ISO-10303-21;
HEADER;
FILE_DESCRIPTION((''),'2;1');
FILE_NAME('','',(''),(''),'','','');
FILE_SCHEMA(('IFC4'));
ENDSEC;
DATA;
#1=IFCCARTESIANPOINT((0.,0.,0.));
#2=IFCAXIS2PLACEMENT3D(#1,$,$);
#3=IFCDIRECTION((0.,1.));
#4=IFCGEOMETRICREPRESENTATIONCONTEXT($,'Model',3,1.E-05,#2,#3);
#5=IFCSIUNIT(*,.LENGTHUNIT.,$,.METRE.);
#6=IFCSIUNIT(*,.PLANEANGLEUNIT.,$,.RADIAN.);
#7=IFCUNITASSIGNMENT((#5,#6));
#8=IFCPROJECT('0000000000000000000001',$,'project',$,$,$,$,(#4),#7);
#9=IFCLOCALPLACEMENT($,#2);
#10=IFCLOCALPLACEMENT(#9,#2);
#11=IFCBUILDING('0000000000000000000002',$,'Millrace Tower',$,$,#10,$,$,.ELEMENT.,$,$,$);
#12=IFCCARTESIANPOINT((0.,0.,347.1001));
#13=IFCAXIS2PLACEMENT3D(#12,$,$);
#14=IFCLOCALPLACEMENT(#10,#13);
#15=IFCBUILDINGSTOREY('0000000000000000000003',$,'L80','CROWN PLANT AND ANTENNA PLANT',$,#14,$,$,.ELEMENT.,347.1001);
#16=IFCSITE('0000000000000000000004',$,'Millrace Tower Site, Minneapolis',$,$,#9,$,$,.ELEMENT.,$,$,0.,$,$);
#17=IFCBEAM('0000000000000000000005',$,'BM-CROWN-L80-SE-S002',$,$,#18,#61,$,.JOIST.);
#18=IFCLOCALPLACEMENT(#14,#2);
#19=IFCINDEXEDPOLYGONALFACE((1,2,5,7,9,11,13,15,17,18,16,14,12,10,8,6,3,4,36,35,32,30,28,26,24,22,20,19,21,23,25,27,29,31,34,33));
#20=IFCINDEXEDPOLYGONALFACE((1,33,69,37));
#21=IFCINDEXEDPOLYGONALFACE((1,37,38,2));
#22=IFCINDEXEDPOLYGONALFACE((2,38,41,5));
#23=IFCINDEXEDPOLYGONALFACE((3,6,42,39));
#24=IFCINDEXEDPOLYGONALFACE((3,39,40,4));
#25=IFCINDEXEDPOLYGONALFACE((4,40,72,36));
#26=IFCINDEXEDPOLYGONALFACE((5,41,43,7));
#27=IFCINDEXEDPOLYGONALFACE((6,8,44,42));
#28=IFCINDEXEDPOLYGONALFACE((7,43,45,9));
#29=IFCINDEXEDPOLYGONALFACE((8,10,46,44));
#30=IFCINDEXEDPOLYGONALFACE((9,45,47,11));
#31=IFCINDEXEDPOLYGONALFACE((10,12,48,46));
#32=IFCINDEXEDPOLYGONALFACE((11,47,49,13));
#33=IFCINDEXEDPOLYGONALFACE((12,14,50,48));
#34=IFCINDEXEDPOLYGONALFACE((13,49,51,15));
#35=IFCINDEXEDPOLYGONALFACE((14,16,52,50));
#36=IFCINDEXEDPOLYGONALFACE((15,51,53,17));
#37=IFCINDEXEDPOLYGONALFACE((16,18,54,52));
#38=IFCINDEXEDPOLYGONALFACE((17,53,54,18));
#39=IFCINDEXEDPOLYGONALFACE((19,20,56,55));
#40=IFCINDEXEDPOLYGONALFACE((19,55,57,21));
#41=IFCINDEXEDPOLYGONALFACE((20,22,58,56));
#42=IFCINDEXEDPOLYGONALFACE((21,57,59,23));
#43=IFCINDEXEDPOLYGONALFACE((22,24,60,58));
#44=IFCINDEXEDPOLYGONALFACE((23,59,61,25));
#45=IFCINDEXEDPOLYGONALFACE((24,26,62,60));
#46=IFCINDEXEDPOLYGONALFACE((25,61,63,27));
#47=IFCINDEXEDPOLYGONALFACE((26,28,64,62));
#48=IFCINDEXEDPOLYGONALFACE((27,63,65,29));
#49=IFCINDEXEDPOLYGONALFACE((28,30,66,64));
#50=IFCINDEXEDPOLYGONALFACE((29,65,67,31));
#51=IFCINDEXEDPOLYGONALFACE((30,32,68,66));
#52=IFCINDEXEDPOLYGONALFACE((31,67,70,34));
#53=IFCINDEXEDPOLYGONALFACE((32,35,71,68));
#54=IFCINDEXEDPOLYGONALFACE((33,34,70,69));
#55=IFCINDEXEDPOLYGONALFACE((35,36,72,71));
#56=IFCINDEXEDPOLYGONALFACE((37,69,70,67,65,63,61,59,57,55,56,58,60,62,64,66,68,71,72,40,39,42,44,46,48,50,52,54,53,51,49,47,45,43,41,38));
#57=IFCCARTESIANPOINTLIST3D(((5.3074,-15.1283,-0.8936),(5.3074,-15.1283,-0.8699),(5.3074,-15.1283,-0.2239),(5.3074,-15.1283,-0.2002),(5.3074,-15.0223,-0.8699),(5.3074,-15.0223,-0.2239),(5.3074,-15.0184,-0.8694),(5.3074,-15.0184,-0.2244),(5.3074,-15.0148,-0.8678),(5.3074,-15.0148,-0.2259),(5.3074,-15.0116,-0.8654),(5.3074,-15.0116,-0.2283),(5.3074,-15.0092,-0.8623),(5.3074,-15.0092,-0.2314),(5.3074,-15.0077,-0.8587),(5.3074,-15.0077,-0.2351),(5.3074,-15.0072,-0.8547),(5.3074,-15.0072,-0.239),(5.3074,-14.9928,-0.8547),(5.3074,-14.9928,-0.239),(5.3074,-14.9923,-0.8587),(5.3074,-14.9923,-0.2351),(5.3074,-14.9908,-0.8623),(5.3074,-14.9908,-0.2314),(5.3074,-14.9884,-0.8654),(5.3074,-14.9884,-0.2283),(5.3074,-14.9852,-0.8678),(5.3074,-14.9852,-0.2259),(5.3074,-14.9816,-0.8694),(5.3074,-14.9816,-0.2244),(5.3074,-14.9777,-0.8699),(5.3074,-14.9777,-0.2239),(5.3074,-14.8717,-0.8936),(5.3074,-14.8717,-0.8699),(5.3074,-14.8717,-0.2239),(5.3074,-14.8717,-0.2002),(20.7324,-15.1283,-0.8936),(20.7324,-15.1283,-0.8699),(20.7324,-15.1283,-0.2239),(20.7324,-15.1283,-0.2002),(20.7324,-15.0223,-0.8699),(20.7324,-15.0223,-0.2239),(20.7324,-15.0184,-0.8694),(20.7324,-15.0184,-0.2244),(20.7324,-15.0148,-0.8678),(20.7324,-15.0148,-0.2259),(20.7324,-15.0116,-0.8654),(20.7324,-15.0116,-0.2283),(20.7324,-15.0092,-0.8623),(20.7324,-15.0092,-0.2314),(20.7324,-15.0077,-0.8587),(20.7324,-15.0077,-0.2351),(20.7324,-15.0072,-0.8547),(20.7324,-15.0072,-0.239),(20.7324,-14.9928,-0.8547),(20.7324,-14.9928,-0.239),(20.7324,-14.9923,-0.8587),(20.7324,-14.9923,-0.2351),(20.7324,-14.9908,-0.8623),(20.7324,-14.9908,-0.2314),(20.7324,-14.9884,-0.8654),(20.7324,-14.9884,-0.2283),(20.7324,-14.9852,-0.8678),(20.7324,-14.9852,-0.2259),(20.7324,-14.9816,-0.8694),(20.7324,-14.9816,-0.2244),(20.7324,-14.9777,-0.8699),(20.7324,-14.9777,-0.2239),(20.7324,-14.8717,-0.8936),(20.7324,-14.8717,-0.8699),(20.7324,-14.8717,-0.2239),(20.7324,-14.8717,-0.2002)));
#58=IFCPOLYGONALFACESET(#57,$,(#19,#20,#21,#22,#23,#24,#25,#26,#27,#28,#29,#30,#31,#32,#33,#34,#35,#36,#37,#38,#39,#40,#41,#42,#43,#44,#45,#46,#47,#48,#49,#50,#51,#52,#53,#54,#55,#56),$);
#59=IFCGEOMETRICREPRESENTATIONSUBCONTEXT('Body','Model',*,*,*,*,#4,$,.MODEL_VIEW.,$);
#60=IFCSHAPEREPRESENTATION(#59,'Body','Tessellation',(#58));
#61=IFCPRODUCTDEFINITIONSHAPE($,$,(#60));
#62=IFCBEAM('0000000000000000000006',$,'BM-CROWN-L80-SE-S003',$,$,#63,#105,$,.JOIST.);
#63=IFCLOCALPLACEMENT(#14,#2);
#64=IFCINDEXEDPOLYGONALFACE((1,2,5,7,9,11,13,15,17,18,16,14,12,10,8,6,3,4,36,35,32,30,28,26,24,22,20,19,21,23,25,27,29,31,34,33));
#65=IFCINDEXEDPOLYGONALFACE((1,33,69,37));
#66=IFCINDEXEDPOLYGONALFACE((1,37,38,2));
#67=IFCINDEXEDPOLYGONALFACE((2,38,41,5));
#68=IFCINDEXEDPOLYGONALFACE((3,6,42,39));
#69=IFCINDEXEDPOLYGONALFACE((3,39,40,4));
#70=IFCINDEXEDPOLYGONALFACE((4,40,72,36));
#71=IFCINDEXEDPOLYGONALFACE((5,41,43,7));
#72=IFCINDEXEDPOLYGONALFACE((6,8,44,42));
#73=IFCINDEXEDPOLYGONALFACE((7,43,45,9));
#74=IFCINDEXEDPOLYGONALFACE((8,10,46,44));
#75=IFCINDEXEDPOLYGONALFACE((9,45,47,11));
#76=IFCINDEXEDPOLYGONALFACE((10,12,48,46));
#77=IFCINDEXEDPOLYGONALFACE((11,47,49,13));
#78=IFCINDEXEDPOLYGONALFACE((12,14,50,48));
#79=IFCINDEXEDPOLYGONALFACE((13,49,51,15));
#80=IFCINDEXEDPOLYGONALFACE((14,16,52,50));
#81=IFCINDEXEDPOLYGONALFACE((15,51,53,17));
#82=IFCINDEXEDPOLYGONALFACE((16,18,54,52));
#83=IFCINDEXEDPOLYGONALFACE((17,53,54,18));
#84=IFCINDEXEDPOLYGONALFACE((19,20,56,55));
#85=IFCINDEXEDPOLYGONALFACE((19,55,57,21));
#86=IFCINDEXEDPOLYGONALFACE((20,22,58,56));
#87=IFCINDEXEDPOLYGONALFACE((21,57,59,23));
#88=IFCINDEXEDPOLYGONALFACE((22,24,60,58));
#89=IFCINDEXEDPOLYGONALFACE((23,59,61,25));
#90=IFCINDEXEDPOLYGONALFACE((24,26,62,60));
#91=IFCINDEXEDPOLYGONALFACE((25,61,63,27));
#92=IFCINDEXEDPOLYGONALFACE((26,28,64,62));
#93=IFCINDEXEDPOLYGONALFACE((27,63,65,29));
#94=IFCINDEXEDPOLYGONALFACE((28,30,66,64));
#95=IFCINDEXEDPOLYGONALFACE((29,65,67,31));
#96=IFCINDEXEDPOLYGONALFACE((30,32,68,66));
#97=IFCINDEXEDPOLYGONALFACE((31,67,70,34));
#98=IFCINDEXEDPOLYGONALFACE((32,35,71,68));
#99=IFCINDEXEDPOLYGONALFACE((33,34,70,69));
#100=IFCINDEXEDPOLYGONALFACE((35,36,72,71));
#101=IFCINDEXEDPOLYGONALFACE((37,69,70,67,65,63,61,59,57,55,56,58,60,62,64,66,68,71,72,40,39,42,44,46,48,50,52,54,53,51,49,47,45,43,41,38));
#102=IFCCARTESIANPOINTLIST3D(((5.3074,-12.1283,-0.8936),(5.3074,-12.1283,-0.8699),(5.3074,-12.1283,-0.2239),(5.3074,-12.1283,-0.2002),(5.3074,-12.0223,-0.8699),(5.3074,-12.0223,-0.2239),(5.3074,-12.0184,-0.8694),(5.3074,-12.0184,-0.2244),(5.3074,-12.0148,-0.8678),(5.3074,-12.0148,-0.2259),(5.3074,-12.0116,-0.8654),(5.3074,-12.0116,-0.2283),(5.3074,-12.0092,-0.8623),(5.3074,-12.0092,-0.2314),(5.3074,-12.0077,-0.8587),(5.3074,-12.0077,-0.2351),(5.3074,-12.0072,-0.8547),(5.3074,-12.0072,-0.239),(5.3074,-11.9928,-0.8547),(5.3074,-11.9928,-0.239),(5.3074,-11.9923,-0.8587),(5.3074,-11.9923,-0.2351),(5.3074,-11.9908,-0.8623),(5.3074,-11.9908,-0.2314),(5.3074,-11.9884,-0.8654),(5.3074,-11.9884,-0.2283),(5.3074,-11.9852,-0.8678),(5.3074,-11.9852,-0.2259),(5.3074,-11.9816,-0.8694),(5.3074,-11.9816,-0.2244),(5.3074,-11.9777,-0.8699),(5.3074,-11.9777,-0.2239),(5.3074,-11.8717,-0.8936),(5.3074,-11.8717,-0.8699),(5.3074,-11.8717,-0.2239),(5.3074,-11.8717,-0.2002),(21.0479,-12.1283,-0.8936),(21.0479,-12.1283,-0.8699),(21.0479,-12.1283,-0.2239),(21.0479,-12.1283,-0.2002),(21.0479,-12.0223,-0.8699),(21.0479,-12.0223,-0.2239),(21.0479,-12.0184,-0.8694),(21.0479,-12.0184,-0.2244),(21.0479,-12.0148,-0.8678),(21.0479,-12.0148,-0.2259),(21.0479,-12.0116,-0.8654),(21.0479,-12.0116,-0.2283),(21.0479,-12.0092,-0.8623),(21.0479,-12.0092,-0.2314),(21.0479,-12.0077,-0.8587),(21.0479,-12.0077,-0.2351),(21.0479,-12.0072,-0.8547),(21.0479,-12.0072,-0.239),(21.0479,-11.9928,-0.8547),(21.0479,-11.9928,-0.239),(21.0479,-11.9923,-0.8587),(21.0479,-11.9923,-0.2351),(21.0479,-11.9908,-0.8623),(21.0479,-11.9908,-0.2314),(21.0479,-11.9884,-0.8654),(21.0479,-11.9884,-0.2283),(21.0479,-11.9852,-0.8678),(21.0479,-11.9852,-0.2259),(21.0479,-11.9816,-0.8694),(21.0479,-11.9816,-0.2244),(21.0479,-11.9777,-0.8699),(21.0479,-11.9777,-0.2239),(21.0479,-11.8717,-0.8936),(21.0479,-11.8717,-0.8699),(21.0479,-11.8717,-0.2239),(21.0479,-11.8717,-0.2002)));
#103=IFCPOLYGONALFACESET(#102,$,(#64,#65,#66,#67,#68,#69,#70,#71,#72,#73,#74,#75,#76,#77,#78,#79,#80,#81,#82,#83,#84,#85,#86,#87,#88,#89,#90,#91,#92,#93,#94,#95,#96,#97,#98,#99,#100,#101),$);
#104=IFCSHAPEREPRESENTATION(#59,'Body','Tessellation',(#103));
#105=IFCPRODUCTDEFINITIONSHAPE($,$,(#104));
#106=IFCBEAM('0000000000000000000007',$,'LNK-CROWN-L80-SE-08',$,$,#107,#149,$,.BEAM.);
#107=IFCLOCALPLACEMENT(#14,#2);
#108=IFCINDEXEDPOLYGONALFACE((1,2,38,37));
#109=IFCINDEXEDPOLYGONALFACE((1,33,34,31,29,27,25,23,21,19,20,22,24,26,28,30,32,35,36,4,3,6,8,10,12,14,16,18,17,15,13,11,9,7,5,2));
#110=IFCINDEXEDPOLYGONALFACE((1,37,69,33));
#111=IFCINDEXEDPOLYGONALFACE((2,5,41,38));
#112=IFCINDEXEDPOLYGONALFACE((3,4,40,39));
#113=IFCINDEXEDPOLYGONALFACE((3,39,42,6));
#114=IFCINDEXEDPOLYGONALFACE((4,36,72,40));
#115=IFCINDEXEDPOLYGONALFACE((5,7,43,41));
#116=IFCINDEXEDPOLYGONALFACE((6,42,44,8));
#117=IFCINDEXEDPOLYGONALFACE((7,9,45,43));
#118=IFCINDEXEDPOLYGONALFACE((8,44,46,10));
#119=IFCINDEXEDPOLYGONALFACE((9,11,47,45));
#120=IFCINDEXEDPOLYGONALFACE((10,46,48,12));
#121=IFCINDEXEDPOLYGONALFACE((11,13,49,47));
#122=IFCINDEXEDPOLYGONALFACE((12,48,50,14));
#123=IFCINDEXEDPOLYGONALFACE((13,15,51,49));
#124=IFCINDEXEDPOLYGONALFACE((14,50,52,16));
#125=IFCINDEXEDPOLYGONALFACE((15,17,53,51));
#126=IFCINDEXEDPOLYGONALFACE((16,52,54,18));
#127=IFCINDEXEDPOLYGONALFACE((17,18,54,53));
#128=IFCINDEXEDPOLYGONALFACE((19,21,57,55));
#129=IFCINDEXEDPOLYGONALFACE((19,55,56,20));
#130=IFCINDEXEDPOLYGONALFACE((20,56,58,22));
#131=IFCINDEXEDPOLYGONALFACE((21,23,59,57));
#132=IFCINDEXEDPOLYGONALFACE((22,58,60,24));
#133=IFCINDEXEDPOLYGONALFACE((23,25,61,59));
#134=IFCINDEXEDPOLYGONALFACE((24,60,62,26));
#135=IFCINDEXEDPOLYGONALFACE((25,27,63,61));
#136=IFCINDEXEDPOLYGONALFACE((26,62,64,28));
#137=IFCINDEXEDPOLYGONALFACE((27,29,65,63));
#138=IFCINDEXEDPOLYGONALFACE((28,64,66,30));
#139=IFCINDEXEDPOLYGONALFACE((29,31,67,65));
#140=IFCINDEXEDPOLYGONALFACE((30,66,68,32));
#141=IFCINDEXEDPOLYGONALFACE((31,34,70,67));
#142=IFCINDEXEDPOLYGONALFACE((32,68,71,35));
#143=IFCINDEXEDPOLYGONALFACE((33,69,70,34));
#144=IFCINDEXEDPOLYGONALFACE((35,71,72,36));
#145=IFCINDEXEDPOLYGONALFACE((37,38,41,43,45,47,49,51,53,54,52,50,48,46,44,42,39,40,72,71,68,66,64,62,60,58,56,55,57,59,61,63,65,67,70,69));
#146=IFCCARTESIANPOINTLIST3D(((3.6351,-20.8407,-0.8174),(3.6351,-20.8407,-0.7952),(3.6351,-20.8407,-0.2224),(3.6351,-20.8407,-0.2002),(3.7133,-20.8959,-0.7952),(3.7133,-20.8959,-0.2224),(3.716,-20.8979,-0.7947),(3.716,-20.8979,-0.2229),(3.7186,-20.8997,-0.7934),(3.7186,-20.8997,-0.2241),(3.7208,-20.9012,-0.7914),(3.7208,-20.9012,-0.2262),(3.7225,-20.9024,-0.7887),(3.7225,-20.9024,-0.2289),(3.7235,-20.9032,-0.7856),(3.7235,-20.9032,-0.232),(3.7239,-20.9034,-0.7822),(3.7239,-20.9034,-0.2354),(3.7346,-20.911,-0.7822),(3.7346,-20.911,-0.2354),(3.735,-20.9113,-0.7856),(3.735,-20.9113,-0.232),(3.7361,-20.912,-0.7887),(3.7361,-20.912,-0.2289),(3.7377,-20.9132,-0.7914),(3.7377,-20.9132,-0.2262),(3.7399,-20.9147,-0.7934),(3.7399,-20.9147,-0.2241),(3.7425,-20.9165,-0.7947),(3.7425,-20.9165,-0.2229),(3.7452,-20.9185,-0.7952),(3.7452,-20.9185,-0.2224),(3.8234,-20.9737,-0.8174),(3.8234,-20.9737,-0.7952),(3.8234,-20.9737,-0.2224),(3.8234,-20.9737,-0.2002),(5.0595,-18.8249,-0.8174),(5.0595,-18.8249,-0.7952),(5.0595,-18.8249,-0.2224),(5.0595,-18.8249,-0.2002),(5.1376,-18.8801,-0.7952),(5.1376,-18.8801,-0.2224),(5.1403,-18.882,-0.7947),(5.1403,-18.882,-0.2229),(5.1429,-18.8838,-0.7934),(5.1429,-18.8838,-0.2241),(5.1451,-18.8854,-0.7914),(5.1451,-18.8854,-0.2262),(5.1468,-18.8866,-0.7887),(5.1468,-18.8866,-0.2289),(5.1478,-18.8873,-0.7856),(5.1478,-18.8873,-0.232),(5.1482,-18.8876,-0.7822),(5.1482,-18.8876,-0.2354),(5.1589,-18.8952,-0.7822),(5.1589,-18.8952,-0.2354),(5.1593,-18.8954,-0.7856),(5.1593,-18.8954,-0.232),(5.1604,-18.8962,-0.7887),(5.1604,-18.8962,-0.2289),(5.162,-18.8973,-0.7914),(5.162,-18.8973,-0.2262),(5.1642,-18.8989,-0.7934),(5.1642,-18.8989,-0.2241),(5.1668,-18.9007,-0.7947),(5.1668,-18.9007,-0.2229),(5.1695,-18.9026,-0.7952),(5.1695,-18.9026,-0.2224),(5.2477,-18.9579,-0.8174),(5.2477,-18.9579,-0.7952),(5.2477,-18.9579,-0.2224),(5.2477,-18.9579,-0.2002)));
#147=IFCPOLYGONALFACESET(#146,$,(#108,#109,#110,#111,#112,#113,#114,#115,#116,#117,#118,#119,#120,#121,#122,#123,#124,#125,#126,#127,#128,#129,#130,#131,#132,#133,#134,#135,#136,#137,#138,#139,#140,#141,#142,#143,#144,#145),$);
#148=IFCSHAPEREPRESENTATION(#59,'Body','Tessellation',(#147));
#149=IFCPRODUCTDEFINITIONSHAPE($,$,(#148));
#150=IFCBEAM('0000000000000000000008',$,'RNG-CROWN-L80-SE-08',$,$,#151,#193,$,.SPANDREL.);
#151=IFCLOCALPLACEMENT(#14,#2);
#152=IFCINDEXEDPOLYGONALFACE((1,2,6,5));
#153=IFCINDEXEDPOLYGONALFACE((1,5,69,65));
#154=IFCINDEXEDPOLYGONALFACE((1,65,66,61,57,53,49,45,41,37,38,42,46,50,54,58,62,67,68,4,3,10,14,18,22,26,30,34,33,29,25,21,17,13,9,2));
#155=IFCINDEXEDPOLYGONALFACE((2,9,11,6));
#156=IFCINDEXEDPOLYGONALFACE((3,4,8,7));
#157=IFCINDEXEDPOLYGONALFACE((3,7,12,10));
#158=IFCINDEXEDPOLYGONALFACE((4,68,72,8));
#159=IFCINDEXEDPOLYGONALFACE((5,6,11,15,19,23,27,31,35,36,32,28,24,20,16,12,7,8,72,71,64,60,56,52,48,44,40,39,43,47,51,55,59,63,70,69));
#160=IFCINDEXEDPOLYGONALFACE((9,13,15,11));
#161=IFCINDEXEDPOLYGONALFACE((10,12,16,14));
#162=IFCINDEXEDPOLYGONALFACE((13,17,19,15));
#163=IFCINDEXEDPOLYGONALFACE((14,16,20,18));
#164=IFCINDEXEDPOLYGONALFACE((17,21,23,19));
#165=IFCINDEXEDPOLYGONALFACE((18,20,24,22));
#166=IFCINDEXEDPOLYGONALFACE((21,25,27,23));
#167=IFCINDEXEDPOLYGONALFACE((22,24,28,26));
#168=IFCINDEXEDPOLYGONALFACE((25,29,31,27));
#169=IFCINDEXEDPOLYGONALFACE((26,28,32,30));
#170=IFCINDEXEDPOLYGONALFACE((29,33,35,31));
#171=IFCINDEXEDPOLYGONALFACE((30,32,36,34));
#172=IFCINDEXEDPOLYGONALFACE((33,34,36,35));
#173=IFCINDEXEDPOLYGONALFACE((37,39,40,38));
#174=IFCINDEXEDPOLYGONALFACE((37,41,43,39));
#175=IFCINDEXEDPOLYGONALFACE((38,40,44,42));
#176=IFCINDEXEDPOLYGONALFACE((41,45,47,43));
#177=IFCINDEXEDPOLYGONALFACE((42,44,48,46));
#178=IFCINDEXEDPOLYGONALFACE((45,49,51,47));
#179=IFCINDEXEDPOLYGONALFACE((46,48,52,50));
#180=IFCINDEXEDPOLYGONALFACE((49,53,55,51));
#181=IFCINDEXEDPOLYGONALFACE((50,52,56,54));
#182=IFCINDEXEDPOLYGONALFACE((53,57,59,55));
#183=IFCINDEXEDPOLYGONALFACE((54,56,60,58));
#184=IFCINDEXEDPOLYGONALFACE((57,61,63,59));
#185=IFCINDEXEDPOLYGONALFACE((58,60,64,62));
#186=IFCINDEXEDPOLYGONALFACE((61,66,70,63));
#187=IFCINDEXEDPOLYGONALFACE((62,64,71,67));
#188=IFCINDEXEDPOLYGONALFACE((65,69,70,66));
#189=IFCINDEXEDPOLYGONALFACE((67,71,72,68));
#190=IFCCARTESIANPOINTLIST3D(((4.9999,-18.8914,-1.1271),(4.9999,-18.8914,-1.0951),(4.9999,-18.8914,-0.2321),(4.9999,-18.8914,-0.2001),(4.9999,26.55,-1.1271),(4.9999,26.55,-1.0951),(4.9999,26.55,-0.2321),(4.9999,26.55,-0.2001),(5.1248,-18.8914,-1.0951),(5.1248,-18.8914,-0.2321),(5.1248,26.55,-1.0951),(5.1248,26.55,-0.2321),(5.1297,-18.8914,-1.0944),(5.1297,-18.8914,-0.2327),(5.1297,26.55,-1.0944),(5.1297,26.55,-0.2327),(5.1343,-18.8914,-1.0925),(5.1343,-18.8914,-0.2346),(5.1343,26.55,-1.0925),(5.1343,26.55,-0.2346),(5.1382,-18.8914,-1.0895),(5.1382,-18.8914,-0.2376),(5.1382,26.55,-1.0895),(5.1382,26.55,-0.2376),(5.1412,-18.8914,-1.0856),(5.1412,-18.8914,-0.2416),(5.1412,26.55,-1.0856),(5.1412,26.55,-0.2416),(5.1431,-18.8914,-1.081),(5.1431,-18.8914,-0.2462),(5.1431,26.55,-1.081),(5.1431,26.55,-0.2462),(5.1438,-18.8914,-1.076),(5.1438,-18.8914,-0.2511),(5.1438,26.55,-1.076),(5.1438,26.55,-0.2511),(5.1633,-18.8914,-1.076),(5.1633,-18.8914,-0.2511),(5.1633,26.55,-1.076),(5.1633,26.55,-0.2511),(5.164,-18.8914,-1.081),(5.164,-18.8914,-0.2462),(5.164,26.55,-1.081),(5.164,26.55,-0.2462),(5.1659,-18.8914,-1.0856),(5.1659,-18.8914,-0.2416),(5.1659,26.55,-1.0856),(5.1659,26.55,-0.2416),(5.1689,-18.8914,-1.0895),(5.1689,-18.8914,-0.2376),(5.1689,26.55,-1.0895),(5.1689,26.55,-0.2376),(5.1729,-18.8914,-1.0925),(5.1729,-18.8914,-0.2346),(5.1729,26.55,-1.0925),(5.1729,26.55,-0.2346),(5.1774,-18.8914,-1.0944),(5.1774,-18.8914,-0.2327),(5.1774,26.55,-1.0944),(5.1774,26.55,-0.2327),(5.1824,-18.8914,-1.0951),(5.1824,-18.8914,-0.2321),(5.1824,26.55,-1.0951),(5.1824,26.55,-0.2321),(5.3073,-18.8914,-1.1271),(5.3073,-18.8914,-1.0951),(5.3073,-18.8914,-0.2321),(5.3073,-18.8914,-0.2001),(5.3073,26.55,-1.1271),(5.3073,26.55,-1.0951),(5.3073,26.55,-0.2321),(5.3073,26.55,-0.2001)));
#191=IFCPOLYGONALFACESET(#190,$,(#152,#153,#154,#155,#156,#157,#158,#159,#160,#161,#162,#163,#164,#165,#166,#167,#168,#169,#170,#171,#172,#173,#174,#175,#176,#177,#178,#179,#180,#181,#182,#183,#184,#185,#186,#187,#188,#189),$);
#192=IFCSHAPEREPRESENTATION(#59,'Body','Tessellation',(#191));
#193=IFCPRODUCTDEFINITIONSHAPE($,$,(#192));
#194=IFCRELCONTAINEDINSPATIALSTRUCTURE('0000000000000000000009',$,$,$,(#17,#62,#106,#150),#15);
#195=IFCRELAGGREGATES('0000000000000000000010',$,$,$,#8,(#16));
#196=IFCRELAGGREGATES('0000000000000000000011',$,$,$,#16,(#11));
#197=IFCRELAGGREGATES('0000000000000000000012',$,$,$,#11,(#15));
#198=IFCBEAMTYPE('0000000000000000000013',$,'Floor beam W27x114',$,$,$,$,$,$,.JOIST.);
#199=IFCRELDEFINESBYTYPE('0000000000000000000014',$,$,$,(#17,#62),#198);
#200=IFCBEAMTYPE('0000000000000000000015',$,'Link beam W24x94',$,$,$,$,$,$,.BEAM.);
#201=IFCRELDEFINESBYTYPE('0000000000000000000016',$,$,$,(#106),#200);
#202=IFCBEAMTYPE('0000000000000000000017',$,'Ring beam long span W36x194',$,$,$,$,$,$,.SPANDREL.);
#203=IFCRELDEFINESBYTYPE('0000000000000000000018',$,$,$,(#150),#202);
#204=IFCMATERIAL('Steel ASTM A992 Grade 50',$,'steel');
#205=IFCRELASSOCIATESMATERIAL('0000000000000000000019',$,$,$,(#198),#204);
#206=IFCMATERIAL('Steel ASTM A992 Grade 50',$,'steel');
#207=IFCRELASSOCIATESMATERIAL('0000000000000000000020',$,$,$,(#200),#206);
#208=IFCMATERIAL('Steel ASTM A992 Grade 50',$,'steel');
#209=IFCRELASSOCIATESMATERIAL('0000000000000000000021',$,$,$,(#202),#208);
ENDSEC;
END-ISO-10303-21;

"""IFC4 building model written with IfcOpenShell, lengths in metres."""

from ifc_helpers import new_model, si_unit, direction, frame, origin, origin_2d, place, context, subcontext, project, spatial, i_section, extrude, material, material_profile, profile_set, type_object, element, save


model = new_model("IFC4")

# Units and contexts
model_context = context("Model", 3, precision=1e-05, world=origin(), true_north=direction((0.0, 1.0)))
body_context = subcontext(model_context, "Body", "Model", "MODEL_VIEW")
ifc_project = project(units=[si_unit("LENGTHUNIT", "METRE"), si_unit("PLANEANGLEUNIT", "RADIAN")], contexts=[model_context])

# Site, building, storey
site_placement = place(None, origin())
site = spatial("IfcSite", under=ifc_project, at=site_placement, Name="Millrace Tower Site, Minneapolis", CompositionType="ELEMENT", RefElevation=0.0)
building_placement = place(site_placement, origin())
building = spatial("IfcBuilding", under=site, at=building_placement, Name="Millrace Tower", CompositionType="ELEMENT")
storey_placement = place(building_placement, frame((0.0, 0.0, 347.1001)))
storey = spatial("IfcBuildingStorey", under=building, at=storey_placement, Name="L80", Description="CROWN PLANT AND ANTENNA PLANT", CompositionType="ELEMENT", Elevation=347.1001)

# Beams
ifc_material_1 = material(Name="Steel ASTM A992 Grade 50", Category="steel")
ifc_material_profile_1 = material_profile(ifc_material_1, i_section(OverallWidth=0.2566, OverallDepth=0.6934, WebThickness=0.0144, FlangeThickness=0.0237, FilletRadius=0.0151, at=origin_2d()))
ifc_profile_set_1 = profile_set([ifc_material_profile_1], Name="Steel ASTM A992 Grade 50")
beam_type_1 = type_object("IfcBeamType", Name="Floor beam W27x114", PredefinedType="JOIST", material=ifc_profile_set_1)
beam_1_placement = place(storey_placement, frame((5.3074, -15.0, -0.5469), z_axis=(1.0, 0.0, 0.0), x_axis=(0.0, 1.0, 0.0)))
element("IfcBeam", 1, at=beam_1_placement, inside=storey, type_object=beam_type_1, Name="BM-CROWN-L80-SE-S002", PredefinedType="JOIST", context=body_context, shape_type="SweptSolid", body=[
    extrude(i_section(OverallWidth=0.2566, OverallDepth=0.6934, WebThickness=0.0144, FlangeThickness=0.0237, FilletRadius=0.0151, at=origin_2d()), origin(), (0.0, 0.0, 1.0), 15.425),
])
beam_2_placement = place(storey_placement, frame((5.3074, -12.0, -0.5469), z_axis=(1.0, 0.0, 0.0), x_axis=(0.0, 1.0, 0.0)))
element("IfcBeam", 2, at=beam_2_placement, inside=storey, type_object=beam_type_1, Name="BM-CROWN-L80-SE-S003", PredefinedType="JOIST", context=body_context, shape_type="SweptSolid", body=[
    extrude(i_section(OverallWidth=0.2566, OverallDepth=0.6934, WebThickness=0.0144, FlangeThickness=0.0237, FilletRadius=0.0151, at=origin_2d()), origin(), (0.0, 0.0, 1.0), 15.7405),
])
ifc_material_2 = material(Name="Steel ASTM A992 Grade 50", Category="steel")
ifc_material_profile_2 = material_profile(ifc_material_2, i_section(OverallWidth=0.2305, OverallDepth=0.6172, WebThickness=0.0132, FlangeThickness=0.0222, FilletRadius=0.0129, at=origin_2d()))
ifc_profile_set_2 = profile_set([ifc_material_profile_2], Name="Steel ASTM A992 Grade 50")
beam_type_2 = type_object("IfcBeamType", Name="Link beam W24x94", PredefinedType="BEAM", material=ifc_profile_set_2)
beam_3_placement = place(storey_placement, frame((5.1536, -18.8914, -0.5088), z_axis=(-0.577048, -0.81671, 0.0), x_axis=(0.81671, -0.577048, 0.0)))
element("IfcBeam", 3, at=beam_3_placement, inside=storey, type_object=beam_type_2, Name="LNK-CROWN-L80-SE-08", PredefinedType="BEAM", context=body_context, shape_type="SweptSolid", body=[
    extrude(i_section(OverallWidth=0.2305, OverallDepth=0.6172, WebThickness=0.0132, FlangeThickness=0.0222, FilletRadius=0.0129, at=origin_2d()), origin(), (0.0, 0.0, 1.0), 2.4683),
])
ifc_material_3 = material(Name="Steel ASTM A992 Grade 50", Category="steel")
ifc_material_profile_3 = material_profile(ifc_material_3, i_section(OverallWidth=0.3074, OverallDepth=0.927, WebThickness=0.0195, FlangeThickness=0.032, FilletRadius=0.019, at=origin_2d()))
ifc_profile_set_3 = profile_set([ifc_material_profile_3], Name="Steel ASTM A992 Grade 50")
beam_type_3 = type_object("IfcBeamType", Name="Ring beam long span W36x194", PredefinedType="SPANDREL", material=ifc_profile_set_3)
beam_4_placement = place(storey_placement, frame((5.1536, -18.8914, -0.6636), z_axis=(0.0, 1.0, 0.0), x_axis=(-1.0, 0.0, 0.0)))
element("IfcBeam", 4, at=beam_4_placement, inside=storey, type_object=beam_type_3, Name="RNG-CROWN-L80-SE-08", PredefinedType="SPANDREL", context=body_context, shape_type="SweptSolid", body=[
    extrude(i_section(OverallWidth=0.3074, OverallDepth=0.927, WebThickness=0.0195, FlangeThickness=0.032, FilletRadius=0.019, at=origin_2d()), origin(), (0.0, 0.0, 1.0), 45.4414),
])

save(model, "model.ifc")
